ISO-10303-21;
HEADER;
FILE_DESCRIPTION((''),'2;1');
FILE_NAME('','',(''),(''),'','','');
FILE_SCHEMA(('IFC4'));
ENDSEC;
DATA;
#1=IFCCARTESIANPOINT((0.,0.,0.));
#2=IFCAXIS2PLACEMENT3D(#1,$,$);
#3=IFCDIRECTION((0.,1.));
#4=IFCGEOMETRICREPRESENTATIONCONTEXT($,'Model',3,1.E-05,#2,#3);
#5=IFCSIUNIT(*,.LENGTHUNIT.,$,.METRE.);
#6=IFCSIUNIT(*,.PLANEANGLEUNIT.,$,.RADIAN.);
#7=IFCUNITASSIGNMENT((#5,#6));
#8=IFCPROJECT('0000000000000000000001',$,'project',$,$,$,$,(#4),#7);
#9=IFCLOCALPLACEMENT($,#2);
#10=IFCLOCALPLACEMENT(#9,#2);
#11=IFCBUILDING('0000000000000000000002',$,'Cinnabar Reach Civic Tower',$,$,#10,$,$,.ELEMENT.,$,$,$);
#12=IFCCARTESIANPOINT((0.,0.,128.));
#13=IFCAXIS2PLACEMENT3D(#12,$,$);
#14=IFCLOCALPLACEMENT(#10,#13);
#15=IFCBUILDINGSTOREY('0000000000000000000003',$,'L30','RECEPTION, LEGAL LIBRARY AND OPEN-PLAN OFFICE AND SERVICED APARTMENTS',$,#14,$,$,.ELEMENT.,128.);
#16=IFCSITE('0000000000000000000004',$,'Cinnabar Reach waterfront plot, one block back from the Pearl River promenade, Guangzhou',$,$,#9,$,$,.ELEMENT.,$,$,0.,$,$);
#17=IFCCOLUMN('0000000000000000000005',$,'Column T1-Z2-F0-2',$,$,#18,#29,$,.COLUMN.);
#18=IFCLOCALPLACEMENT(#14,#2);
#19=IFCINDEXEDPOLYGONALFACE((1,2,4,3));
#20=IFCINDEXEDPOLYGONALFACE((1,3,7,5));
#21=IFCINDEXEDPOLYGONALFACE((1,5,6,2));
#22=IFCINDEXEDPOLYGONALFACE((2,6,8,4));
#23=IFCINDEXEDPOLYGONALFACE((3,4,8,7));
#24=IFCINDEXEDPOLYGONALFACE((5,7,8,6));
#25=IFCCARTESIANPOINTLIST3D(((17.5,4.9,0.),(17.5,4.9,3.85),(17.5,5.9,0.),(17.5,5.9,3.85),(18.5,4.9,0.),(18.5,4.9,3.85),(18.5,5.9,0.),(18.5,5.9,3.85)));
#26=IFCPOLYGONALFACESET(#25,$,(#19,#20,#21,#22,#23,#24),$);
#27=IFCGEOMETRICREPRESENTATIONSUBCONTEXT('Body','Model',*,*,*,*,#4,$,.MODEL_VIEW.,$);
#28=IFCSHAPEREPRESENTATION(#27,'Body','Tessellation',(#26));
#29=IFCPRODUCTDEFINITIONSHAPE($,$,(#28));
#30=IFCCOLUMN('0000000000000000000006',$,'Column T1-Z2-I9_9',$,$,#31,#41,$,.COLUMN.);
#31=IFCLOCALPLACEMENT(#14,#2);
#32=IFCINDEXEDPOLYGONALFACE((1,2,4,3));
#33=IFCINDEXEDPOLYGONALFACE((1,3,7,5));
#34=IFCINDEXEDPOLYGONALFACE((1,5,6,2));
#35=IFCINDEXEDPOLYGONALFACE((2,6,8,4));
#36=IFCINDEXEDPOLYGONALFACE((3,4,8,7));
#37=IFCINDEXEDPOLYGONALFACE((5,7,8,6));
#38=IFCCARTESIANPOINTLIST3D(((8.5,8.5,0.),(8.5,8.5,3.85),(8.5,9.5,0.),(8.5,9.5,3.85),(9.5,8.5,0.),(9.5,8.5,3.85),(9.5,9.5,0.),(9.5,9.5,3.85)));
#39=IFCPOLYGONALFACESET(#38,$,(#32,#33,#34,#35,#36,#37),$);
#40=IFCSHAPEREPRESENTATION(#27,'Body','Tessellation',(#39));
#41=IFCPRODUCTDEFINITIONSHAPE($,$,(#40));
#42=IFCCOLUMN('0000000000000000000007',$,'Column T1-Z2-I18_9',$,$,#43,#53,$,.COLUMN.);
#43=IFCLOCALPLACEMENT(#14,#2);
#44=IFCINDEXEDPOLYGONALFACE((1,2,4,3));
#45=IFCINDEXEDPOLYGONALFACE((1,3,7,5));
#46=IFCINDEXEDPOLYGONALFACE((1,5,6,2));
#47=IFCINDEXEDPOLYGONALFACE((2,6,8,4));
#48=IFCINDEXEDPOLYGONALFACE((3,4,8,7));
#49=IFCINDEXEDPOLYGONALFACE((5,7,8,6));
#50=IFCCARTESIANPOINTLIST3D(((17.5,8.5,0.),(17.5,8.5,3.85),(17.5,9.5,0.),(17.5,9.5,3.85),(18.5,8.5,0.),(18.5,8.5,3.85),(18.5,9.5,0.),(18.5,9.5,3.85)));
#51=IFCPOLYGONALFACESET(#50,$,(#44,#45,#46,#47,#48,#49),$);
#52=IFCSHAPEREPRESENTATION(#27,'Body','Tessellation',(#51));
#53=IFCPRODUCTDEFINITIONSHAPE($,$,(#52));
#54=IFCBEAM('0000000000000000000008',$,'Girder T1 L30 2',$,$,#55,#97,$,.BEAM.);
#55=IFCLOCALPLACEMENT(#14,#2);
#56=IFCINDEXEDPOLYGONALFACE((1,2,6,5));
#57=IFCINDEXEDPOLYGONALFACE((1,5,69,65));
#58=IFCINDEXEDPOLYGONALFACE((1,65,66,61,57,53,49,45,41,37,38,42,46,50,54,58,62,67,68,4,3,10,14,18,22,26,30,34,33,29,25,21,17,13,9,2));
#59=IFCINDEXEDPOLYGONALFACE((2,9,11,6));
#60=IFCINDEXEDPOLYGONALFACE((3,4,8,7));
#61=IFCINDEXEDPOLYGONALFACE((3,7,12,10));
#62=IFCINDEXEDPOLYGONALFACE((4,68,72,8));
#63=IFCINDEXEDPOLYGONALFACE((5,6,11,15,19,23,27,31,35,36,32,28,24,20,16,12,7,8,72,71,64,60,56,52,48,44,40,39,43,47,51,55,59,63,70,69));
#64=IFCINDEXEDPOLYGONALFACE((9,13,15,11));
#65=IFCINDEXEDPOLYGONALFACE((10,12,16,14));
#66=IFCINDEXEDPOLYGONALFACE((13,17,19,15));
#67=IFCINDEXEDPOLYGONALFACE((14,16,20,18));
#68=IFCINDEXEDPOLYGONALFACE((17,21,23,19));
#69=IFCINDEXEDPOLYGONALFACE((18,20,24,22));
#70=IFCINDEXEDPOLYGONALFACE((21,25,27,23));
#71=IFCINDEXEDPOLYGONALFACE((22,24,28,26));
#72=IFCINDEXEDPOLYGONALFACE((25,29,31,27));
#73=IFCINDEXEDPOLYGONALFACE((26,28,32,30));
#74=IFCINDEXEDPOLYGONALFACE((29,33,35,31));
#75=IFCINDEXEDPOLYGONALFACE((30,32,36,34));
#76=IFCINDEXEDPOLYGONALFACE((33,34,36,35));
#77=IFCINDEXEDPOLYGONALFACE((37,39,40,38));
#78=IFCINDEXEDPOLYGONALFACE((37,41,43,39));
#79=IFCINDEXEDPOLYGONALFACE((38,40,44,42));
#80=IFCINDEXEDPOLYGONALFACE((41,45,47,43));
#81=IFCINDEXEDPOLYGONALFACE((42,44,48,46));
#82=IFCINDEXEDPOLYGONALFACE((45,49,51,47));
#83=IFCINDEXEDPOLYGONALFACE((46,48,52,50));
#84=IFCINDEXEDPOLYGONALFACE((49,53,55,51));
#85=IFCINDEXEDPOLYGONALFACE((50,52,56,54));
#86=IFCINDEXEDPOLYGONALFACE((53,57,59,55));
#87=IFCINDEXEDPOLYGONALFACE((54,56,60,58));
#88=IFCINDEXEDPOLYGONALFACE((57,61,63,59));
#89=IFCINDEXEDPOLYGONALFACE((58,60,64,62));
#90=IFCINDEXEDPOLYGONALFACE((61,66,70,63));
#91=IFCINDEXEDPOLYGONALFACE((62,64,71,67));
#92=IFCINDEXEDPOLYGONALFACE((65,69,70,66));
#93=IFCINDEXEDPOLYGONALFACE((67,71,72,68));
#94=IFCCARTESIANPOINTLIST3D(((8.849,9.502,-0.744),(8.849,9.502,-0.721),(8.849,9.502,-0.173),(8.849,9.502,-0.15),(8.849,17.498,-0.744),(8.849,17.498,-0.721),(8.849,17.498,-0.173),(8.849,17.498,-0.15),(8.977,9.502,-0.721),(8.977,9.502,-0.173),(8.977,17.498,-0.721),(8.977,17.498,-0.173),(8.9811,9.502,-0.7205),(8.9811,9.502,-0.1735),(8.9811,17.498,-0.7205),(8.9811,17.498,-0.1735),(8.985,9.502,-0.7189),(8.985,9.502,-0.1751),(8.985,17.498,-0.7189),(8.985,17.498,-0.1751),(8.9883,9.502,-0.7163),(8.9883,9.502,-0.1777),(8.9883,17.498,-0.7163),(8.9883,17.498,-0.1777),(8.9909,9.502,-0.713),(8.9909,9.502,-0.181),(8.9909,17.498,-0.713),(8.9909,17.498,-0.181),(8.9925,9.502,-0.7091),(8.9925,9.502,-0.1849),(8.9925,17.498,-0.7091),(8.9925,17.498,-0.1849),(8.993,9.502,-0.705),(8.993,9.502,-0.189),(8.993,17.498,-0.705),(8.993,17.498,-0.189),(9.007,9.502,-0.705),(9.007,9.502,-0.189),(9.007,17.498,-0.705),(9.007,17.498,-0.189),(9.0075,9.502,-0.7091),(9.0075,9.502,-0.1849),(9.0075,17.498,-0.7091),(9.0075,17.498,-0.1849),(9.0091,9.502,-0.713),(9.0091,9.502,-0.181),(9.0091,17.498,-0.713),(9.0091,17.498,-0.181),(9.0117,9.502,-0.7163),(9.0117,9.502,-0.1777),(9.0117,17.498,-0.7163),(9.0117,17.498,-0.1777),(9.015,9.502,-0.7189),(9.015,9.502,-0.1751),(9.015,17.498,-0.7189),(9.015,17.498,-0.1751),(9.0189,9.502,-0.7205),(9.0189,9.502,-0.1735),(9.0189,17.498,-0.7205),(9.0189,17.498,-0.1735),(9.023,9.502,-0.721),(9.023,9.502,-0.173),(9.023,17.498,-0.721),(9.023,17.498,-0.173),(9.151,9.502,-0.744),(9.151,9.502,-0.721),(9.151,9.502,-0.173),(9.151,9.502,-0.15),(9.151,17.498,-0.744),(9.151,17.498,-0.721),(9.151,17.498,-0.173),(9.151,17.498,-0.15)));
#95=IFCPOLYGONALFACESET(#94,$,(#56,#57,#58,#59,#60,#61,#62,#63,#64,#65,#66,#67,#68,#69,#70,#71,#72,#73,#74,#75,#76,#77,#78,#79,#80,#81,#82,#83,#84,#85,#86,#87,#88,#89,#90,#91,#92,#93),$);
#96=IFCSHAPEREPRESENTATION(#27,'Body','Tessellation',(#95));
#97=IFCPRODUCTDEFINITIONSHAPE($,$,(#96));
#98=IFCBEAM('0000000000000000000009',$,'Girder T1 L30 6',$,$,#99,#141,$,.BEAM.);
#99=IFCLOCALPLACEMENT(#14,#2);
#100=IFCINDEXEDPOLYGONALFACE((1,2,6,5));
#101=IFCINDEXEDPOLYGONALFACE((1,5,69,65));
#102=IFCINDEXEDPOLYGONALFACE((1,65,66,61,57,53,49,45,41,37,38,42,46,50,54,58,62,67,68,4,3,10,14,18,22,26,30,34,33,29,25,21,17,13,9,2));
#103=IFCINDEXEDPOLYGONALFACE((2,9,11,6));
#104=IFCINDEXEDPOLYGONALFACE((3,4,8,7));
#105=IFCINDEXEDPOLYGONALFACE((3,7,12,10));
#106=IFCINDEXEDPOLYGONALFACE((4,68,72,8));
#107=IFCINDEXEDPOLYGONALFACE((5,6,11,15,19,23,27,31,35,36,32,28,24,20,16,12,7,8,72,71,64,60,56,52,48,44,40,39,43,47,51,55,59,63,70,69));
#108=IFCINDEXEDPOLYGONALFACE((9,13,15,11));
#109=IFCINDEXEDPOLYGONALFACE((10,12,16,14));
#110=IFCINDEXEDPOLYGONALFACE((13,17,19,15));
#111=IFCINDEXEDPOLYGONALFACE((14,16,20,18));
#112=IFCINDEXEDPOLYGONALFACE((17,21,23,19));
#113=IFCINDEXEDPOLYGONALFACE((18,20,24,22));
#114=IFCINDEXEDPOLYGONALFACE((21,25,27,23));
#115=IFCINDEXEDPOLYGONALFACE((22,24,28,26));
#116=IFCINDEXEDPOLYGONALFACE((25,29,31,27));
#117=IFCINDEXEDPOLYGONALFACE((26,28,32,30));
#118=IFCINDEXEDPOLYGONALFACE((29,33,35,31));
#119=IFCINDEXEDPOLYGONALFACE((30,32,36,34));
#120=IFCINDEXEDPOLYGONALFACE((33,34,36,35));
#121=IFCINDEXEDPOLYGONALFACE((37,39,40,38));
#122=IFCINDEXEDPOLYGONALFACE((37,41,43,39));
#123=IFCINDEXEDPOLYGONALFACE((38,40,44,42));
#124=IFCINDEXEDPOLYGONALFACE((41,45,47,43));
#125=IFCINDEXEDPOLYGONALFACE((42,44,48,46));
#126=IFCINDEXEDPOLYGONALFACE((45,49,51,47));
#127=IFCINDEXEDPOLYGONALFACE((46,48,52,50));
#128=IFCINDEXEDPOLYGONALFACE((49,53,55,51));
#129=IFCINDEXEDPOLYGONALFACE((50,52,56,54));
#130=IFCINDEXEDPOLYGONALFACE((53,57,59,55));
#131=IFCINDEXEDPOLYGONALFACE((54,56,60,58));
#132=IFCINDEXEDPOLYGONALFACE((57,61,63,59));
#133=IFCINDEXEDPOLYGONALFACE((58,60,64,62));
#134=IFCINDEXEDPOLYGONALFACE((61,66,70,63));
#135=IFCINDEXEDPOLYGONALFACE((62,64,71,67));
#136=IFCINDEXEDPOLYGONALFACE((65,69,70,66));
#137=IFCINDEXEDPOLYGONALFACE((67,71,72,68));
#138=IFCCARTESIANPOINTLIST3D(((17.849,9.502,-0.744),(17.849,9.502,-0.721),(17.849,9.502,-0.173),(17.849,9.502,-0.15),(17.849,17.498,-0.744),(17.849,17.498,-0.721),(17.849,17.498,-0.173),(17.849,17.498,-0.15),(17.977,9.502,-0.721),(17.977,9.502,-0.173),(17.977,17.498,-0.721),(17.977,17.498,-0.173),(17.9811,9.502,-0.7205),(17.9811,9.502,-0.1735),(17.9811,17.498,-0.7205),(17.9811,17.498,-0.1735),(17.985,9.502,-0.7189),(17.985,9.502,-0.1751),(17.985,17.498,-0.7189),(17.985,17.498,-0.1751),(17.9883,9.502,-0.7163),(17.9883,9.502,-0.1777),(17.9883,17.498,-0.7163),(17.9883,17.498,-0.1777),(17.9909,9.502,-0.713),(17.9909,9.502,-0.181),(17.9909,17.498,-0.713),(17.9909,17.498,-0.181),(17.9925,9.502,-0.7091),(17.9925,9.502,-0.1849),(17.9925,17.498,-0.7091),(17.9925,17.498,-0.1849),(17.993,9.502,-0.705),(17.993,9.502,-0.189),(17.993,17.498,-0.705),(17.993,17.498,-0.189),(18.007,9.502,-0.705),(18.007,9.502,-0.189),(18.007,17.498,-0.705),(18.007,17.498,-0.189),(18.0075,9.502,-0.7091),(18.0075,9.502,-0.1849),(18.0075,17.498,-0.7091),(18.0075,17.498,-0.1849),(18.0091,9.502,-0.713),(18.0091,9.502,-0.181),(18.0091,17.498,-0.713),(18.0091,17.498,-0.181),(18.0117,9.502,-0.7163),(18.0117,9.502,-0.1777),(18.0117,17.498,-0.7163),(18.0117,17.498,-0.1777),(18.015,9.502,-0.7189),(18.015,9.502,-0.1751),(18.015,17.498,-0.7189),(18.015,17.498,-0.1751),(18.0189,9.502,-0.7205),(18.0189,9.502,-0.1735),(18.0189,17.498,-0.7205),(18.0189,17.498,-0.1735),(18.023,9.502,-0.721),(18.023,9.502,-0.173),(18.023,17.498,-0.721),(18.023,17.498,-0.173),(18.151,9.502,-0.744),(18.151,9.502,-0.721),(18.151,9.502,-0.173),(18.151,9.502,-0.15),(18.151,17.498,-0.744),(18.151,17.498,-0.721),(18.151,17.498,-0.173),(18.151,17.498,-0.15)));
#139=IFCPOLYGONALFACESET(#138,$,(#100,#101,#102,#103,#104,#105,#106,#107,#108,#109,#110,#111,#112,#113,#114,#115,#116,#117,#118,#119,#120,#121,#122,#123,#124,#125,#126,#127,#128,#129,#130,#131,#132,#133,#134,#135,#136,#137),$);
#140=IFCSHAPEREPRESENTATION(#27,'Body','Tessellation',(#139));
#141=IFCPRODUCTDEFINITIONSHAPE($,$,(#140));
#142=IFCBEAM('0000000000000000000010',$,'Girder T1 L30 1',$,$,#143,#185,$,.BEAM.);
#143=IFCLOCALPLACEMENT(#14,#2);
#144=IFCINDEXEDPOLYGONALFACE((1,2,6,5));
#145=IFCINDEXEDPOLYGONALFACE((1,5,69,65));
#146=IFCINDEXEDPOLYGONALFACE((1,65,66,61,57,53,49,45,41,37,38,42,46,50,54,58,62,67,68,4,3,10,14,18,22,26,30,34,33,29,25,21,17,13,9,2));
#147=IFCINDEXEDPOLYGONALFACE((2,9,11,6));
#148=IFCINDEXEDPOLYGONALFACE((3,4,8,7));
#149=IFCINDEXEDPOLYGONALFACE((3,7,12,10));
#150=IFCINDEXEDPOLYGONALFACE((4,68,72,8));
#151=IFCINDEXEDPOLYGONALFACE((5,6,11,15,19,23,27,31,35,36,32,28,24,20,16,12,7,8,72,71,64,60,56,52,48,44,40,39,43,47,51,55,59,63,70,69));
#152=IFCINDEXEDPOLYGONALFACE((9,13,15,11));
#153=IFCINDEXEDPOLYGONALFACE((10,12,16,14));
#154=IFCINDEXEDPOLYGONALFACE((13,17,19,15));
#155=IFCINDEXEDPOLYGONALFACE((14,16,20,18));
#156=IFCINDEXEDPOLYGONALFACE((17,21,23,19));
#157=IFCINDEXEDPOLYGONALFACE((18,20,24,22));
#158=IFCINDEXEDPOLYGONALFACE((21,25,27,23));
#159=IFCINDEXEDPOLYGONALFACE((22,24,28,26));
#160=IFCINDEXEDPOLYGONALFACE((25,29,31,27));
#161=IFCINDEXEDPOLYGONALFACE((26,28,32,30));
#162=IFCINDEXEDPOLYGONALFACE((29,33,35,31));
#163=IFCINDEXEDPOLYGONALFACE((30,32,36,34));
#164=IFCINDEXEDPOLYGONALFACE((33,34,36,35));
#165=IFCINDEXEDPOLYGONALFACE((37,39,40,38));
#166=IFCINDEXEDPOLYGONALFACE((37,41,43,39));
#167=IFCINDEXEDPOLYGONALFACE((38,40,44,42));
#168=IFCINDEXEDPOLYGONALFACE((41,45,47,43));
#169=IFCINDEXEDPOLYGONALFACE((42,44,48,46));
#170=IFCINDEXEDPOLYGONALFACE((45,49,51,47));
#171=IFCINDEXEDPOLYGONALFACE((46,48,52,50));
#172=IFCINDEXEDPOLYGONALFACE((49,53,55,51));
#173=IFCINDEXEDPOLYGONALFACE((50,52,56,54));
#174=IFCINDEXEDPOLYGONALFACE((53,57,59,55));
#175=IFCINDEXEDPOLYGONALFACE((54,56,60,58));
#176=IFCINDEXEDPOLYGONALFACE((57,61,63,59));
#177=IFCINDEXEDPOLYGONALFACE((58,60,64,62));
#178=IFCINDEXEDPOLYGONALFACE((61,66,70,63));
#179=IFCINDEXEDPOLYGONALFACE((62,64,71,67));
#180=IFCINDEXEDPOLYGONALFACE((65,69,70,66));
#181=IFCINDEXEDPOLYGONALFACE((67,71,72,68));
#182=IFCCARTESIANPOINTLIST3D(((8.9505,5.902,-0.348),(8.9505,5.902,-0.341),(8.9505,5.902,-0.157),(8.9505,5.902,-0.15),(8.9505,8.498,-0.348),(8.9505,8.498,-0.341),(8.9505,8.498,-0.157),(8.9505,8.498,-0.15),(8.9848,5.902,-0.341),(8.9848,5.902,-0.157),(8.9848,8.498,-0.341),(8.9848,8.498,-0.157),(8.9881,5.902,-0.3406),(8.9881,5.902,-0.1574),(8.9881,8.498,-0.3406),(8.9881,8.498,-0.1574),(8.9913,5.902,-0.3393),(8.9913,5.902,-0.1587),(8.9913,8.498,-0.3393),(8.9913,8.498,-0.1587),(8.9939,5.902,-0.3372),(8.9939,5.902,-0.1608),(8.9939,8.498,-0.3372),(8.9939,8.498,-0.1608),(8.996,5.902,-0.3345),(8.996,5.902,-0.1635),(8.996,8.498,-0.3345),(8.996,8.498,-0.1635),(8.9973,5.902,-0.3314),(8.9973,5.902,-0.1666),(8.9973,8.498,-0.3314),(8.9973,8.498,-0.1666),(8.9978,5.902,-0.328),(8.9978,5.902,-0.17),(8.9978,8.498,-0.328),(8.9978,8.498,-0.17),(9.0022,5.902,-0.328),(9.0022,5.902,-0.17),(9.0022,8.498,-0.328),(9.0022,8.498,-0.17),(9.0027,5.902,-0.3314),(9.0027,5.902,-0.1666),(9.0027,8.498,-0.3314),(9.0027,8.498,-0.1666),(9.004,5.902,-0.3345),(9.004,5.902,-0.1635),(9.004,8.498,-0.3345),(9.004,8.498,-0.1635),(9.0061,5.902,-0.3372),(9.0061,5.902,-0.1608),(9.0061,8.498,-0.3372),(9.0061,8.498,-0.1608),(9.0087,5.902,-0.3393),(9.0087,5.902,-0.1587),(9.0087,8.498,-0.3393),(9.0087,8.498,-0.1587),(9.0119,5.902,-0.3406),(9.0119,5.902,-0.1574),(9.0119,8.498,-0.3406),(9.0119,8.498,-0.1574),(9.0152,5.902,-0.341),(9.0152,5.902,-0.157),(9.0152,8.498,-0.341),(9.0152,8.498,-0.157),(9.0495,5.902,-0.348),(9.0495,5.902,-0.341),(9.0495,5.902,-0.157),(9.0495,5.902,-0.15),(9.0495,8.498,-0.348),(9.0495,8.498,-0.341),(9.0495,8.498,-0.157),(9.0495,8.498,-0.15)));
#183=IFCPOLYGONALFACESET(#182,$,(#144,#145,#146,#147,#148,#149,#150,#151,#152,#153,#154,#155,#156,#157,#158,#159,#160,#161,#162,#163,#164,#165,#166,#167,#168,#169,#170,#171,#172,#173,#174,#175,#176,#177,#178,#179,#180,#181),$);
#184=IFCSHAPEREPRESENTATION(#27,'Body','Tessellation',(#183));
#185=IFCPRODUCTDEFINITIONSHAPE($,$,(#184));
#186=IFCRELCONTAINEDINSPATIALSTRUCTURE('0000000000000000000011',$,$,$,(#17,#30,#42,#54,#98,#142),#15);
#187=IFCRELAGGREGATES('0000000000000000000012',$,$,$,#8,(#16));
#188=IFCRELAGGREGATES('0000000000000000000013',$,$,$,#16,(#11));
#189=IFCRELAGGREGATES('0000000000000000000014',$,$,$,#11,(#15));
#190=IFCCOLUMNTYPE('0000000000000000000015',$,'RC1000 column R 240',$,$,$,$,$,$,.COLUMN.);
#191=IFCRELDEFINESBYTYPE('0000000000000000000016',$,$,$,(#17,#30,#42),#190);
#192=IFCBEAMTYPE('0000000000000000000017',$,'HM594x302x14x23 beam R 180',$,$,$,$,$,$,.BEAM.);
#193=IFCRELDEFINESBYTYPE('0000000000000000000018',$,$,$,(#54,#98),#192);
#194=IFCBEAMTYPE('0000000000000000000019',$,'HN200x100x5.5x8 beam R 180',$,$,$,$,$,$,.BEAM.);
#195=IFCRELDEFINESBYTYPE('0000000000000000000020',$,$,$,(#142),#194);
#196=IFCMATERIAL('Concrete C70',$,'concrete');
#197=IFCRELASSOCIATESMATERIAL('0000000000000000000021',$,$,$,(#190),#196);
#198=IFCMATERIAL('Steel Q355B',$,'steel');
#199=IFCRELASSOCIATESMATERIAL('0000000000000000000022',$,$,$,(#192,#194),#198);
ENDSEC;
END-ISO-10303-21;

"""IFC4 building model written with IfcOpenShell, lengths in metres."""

from ifc_helpers import new_model, si_unit, direction, frame, origin, origin_2d, place, context, subcontext, project, spatial, rectangle, i_section, extrude, material, material_profile, profile_set, type_object, element, save


model = new_model("IFC4")

# Units and contexts
model_context = context("Model", 3, precision=1e-05, world=origin(), true_north=direction((0.0, 1.0)))
body_context = subcontext(model_context, "Body", "Model", "MODEL_VIEW")
ifc_project = project(units=[si_unit("LENGTHUNIT", "METRE"), si_unit("PLANEANGLEUNIT", "RADIAN")], contexts=[model_context])

# Site, building, storey
site_placement = place(None, origin())
site = spatial("IfcSite", under=ifc_project, at=site_placement, Name="Cinnabar Reach waterfront plot, one block back from the Pearl River promenade, Guangzhou", CompositionType="ELEMENT", RefElevation=0.0)
building_placement = place(site_placement, origin())
building = spatial("IfcBuilding", under=site, at=building_placement, Name="Cinnabar Reach Civic Tower", CompositionType="ELEMENT")
storey_placement = place(building_placement, frame((0.0, 0.0, 128.0)))
storey = spatial("IfcBuildingStorey", under=building, at=storey_placement, Name="L30", Description="RECEPTION, LEGAL LIBRARY AND OPEN-PLAN OFFICE AND SERVICED APARTMENTS", CompositionType="ELEMENT", Elevation=128.0)

# Columns
ifc_material_1 = material(Name="Concrete C70", Category="concrete")
ifc_material_profile_1 = material_profile(ifc_material_1, rectangle(XDim=1.0, YDim=1.0, at=origin_2d()), Name="RC1000")
ifc_profile_set_1 = profile_set([ifc_material_profile_1], Name="Concrete C70")
column_type = type_object("IfcColumnType", Name="RC1000 column R 240", PredefinedType="COLUMN", material=ifc_profile_set_1)
for number, where, z_axis, x_axis, name in (
    (1, (18.0, 5.4, 0.0), (0.0, 0.0, 1.0), (1.0, 0.0, 0.0), "Column T1-Z2-F0-2"),
    (2, (9.0, 9.0, 0.0), (0.0, 0.0, 1.0), (1.0, 0.0, 0.0), "Column T1-Z2-I9_9"),
    (3, (18.0, 9.0, 0.0), (0.0, 0.0, 1.0), (1.0, 0.0, 0.0), "Column T1-Z2-I18_9"),
):
    element("IfcColumn", number, at=place(storey_placement, frame(where, z_axis=z_axis, x_axis=x_axis)), inside=storey, type_object=column_type, Name=name, PredefinedType="COLUMN", context=body_context, shape_type="SweptSolid", body=[
        extrude(rectangle(XDim=1.0, YDim=1.0, at=origin_2d()), origin(), (0.0, 0.0, 1.0), 3.85),
    ])

# Beams
ifc_material_2 = material(Name="Steel Q355B", Category="steel")
ifc_material_profile_2 = material_profile(ifc_material_2, i_section(OverallWidth=0.302, OverallDepth=0.594, WebThickness=0.014, FlangeThickness=0.023, FilletRadius=0.016, at=origin_2d()), Name="HM594x302x14x23")
ifc_profile_set_2 = profile_set([ifc_material_profile_2], Name="Steel Q355B")
beam_type_1 = type_object("IfcBeamType", Name="HM594x302x14x23 beam R 180", PredefinedType="BEAM", material=ifc_profile_set_2)
for number, where, z_axis, x_axis, name in (
    (4, (9.0, 9.502, -0.447), (0.0, 1.0, 0.0), (-1.0, 0.0, 0.0), "Girder T1 L30 2"),
    (5, (18.0, 9.502, -0.447), (0.0, 1.0, 0.0), (-1.0, 0.0, 0.0), "Girder T1 L30 6"),
):
    element("IfcBeam", number, at=place(storey_placement, frame(where, z_axis=z_axis, x_axis=x_axis)), inside=storey, type_object=beam_type_1, Name=name, PredefinedType="BEAM", context=body_context, shape_type="SweptSolid", body=[
        extrude(i_section(OverallWidth=0.302, OverallDepth=0.594, WebThickness=0.014, FlangeThickness=0.023, FilletRadius=0.016, at=origin_2d()), origin(), (0.0, 0.0, 1.0), 7.996),
    ])
ifc_material_profile_3 = material_profile(ifc_material_2, i_section(OverallWidth=0.099, OverallDepth=0.198, WebThickness=0.0045, FlangeThickness=0.007, FilletRadius=0.013, at=origin_2d()), Name="HN200x100x5.5x8")
ifc_profile_set_3 = profile_set([ifc_material_profile_3], Name="Steel Q355B")
beam_type_2 = type_object("IfcBeamType", Name="HN200x100x5.5x8 beam R 180", PredefinedType="BEAM", material=ifc_profile_set_3)
for number, where, z_axis, x_axis, name in (
    (6, (9.0, 5.902, -0.249), (0.0, 1.0, 0.0), (-1.0, 0.0, 0.0), "Girder T1 L30 1"),
):
    element("IfcBeam", number, at=place(storey_placement, frame(where, z_axis=z_axis, x_axis=x_axis)), inside=storey, type_object=beam_type_2, Name=name, PredefinedType="BEAM", context=body_context, shape_type="SweptSolid", body=[
        extrude(i_section(OverallWidth=0.099, OverallDepth=0.198, WebThickness=0.0045, FlangeThickness=0.007, FilletRadius=0.013, at=origin_2d()), origin(), (0.0, 0.0, 1.0), 2.596),
    ])

save(model, "model.ifc")
